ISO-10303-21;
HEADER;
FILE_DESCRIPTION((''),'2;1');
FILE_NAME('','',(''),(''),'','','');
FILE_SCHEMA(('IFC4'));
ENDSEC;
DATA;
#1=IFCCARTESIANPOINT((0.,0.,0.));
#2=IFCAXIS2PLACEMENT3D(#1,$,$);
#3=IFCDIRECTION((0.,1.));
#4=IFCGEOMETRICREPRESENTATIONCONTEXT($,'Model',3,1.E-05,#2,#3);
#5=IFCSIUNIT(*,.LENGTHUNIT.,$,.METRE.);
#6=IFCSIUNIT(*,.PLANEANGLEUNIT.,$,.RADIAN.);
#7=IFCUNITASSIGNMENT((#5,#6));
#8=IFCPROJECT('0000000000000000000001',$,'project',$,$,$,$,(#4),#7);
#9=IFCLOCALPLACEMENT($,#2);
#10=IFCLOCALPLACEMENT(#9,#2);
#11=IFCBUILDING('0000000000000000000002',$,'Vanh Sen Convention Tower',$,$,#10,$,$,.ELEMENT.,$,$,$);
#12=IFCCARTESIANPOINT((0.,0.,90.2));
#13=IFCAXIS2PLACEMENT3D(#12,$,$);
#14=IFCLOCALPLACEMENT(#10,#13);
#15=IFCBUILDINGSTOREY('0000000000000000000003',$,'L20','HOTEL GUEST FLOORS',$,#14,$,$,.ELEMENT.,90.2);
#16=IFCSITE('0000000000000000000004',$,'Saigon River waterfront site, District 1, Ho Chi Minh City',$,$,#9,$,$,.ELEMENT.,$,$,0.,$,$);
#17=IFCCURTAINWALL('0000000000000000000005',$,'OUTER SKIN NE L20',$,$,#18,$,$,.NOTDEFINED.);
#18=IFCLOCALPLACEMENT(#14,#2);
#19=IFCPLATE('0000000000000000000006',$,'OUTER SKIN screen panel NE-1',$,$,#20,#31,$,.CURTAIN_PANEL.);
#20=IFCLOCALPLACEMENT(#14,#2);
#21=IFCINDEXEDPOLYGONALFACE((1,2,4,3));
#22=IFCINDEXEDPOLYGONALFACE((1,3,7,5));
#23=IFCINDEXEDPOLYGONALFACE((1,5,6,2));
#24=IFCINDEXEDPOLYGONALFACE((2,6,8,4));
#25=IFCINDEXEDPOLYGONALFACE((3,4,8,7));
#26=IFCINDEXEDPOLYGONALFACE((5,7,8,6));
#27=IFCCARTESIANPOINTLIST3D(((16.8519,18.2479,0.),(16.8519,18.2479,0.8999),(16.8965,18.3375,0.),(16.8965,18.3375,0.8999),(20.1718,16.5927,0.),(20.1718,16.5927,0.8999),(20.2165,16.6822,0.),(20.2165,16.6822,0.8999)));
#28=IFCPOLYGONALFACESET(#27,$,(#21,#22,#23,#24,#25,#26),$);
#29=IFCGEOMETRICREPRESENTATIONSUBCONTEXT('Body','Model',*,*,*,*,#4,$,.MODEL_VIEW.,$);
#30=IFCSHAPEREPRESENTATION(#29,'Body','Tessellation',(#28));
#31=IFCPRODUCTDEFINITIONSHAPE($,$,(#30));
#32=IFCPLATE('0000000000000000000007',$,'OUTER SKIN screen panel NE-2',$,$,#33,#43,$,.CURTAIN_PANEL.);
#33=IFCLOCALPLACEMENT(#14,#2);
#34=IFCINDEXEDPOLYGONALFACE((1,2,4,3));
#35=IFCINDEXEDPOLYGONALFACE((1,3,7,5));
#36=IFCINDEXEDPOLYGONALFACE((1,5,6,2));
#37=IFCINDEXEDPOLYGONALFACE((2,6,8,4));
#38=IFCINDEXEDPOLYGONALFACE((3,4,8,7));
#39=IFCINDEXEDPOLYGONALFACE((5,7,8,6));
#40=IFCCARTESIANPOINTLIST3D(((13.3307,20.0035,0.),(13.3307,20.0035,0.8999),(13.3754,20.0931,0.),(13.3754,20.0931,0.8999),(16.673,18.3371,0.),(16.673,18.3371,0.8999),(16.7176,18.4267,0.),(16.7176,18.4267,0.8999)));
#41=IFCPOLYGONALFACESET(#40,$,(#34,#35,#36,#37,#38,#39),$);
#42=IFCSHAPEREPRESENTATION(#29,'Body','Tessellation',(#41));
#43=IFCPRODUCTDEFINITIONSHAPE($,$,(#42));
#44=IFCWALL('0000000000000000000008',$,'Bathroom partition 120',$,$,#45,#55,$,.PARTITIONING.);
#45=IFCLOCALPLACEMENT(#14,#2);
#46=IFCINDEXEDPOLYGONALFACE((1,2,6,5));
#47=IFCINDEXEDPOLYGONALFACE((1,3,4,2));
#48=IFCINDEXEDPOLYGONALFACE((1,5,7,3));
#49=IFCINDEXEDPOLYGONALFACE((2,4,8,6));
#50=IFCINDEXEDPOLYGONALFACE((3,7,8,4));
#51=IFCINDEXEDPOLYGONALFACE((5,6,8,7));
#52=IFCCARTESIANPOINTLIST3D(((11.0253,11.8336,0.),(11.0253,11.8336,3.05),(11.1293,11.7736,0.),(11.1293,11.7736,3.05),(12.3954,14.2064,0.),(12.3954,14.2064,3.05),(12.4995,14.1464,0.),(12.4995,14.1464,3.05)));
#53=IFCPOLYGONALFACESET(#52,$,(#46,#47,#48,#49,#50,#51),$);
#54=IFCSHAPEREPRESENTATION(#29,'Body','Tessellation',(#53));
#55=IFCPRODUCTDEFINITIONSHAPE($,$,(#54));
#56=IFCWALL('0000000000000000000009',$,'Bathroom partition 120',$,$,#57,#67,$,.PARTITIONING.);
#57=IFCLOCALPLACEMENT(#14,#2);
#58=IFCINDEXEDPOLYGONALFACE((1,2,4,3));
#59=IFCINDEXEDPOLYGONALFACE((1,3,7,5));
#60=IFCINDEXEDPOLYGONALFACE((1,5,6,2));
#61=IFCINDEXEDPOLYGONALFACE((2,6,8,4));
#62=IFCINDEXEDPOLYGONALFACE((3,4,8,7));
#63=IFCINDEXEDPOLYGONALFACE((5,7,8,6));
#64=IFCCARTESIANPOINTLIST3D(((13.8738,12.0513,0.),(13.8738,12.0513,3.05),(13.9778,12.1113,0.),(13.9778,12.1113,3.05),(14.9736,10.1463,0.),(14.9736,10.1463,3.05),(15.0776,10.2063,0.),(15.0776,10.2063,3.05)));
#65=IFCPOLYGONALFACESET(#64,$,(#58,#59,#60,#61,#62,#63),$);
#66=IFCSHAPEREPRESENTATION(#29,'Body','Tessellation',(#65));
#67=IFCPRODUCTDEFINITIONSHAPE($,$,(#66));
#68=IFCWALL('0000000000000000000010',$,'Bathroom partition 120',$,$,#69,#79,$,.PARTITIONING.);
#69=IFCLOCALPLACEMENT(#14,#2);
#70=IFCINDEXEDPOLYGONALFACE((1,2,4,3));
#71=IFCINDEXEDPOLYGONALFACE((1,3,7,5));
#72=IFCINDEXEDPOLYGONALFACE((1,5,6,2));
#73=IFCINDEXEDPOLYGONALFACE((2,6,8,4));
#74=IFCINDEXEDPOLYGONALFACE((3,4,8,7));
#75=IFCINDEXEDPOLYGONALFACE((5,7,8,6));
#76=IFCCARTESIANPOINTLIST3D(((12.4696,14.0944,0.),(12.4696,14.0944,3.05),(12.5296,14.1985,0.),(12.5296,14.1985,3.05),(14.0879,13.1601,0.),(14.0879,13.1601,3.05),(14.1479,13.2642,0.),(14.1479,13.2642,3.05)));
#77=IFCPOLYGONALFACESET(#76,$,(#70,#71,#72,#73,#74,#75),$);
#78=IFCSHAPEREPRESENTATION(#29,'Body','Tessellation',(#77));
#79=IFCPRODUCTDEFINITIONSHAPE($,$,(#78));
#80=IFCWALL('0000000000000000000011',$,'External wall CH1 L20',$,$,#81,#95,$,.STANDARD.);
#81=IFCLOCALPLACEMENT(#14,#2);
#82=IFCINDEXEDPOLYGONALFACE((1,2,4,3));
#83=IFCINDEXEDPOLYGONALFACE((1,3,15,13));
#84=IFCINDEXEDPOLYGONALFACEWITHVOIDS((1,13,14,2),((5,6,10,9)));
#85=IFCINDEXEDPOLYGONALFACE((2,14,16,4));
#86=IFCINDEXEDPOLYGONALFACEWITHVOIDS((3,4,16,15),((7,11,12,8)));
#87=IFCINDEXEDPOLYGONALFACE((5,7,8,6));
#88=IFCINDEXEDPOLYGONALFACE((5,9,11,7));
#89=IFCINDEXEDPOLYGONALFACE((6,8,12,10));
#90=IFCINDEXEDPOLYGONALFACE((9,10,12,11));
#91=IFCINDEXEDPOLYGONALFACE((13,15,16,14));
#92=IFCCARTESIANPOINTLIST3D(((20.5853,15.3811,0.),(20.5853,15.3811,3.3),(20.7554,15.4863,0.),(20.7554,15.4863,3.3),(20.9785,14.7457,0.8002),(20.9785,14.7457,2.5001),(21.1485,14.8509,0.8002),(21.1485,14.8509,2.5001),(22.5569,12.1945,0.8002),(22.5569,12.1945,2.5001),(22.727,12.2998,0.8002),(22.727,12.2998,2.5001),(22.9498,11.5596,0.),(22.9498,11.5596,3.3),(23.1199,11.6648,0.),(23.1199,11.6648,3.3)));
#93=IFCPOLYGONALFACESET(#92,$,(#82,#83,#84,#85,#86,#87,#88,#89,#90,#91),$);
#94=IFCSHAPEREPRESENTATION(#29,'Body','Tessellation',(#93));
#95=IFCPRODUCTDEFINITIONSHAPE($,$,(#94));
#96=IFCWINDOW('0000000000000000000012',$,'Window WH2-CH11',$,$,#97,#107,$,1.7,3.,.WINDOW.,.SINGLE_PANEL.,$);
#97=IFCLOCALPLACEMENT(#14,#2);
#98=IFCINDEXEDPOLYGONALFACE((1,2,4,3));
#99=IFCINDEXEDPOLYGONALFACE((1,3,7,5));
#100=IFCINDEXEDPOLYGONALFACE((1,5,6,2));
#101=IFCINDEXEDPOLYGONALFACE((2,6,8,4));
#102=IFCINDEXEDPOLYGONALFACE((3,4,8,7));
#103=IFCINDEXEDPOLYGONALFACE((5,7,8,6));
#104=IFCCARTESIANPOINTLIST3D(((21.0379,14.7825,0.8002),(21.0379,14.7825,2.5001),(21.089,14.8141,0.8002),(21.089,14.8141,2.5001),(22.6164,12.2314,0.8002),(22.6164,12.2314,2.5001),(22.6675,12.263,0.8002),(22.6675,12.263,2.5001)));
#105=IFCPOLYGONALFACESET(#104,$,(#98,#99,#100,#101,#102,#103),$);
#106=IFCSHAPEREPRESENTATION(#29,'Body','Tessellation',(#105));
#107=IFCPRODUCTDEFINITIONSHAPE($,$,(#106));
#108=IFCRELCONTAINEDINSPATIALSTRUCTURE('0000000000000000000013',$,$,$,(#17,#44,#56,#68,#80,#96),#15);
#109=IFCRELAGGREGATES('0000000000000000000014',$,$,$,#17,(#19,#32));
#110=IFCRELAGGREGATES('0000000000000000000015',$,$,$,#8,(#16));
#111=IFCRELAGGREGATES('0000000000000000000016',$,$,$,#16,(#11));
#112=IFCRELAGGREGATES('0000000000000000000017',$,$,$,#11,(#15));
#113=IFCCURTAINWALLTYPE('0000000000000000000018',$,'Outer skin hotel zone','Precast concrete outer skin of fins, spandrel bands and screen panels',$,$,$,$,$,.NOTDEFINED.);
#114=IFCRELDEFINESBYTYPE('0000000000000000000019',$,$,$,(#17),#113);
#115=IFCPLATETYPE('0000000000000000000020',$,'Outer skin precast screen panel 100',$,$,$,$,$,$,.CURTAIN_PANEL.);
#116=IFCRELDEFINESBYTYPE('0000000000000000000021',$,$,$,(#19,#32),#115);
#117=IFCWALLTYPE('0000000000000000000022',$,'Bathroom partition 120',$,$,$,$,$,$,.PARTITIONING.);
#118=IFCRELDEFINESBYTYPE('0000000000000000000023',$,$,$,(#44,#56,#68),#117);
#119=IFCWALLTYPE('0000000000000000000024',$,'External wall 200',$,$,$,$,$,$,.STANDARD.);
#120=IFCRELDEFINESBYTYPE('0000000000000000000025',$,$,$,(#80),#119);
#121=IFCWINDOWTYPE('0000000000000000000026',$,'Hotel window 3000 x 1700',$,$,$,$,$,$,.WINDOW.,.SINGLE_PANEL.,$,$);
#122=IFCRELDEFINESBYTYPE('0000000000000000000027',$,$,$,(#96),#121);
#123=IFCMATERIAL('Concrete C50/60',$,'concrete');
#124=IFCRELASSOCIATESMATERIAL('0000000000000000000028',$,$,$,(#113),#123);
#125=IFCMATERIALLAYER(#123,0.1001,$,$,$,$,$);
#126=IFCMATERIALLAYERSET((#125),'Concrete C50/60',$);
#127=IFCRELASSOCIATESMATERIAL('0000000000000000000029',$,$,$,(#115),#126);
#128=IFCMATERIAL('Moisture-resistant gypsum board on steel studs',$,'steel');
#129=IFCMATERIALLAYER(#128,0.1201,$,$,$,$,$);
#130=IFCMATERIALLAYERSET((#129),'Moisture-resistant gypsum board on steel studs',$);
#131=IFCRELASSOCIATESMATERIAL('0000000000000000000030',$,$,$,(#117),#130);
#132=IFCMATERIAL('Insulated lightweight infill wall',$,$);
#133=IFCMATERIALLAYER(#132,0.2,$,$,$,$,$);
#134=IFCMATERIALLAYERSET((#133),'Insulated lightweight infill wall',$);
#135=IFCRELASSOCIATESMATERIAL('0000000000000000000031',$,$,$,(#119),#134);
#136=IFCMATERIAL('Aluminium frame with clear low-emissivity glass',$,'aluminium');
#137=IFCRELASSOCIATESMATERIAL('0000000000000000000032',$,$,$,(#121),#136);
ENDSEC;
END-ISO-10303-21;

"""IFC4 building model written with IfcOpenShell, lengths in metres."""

from ifc_helpers import new_model, si_unit, direction, frame, frame_2d, origin, origin_2d, place, context, subcontext, project, spatial, rectangle, extrude, material, layer, layer_set, type_object, element, fill, aggregate, save


model = new_model("IFC4")

# Units and contexts
model_context = context("Model", 3, precision=1e-05, world=origin(), true_north=direction((0.0, 1.0)))
body_context = subcontext(model_context, "Body", "Model", "MODEL_VIEW")
ifc_project = project(units=[si_unit("LENGTHUNIT", "METRE"), si_unit("PLANEANGLEUNIT", "RADIAN")], contexts=[model_context])

# Site, building, storey
site_placement = place(None, origin())
site = spatial("IfcSite", under=ifc_project, at=site_placement, Name="Saigon River waterfront site, District 1, Ho Chi Minh City", CompositionType="ELEMENT", RefElevation=0.0)
building_placement = place(site_placement, origin())
building = spatial("IfcBuilding", under=site, at=building_placement, Name="Vanh Sen Convention Tower", CompositionType="ELEMENT")
storey_placement = place(building_placement, frame((0.0, 0.0, 90.2)))
storey = spatial("IfcBuildingStorey", under=building, at=storey_placement, Name="L20", Description="HOTEL GUEST FLOORS", CompositionType="ELEMENT", Elevation=90.2)

# Curtain wall
ifc_material_1 = material(Name="Concrete C50/60", Category="concrete")
curtain_wall_type = type_object("IfcCurtainWallType", Name="Outer skin hotel zone", Description="Precast concrete outer skin of fins, spandrel bands and screen panels", PredefinedType="NOTDEFINED", material=ifc_material_1)
curtain_wall_1_placement = place(storey_placement, origin())
curtain_wall_1 = element("IfcCurtainWall", 1, at=curtain_wall_1_placement, inside=storey, type_object=curtain_wall_type, Name="OUTER SKIN NE L20", PredefinedType="NOTDEFINED")

# Plates
ifc_layer_1 = layer(ifc_material_1, 0.1001)
ifc_layer_set_1 = layer_set([ifc_layer_1], Name="Concrete C50/60")
plate_type = type_object("IfcPlateType", Name="Outer skin precast screen panel 100", PredefinedType="CURTAIN_PANEL", material=ifc_layer_set_1)
plate_1_placement = place(storey_placement, frame((18.5342, 17.4651, 0.0), z_axis=(0.0, 0.0, 1.0), x_axis=(-0.894935, 0.446196, 0.0)))
plate_1 = element("IfcPlate", 2, at=plate_1_placement, type_object=plate_type, Name="OUTER SKIN screen panel NE-1", PredefinedType="CURTAIN_PANEL", context=body_context, shape_type="SweptSolid", body=[
    extrude(rectangle(XDim=3.7097, YDim=0.1001, at=origin_2d()), origin(), (0.0, 0.0, 1.0), 0.8999),
])
plate_2_placement = place(storey_placement, frame((15.0242, 19.2151, 0.0), z_axis=(0.0, 0.0, 1.0), x_axis=(-0.894935, 0.446196, 0.0)))
plate_2 = element("IfcPlate", 3, at=plate_2_placement, type_object=plate_type, Name="OUTER SKIN screen panel NE-2", PredefinedType="CURTAIN_PANEL", context=body_context, shape_type="SweptSolid", body=[
    extrude(rectangle(XDim=3.7346, YDim=0.1001, at=origin_2d()), origin(), (0.0, 0.0, 1.0), 0.8999),
])
aggregate(curtain_wall_1, [plate_1, plate_2])

# Walls
ifc_material_2 = material(Name="Moisture-resistant gypsum board on steel studs", Category="steel")
ifc_layer_2 = layer(ifc_material_2, 0.1201)
ifc_layer_set_2 = layer_set([ifc_layer_2], Name="Moisture-resistant gypsum board on steel studs")
wall_type_1 = type_object("IfcWallType", Name="Bathroom partition 120", PredefinedType="PARTITIONING", material=ifc_layer_set_2)
wall_1_placement = place(storey_placement, frame((12.4475, 14.1765, 0.0), z_axis=(0.0, 0.0, 1.0), x_axis=(-0.500049, -0.865997, 0.0)))
element("IfcWall", 4, at=wall_1_placement, inside=storey, type_object=wall_type_1, Name="Bathroom partition 120", PredefinedType="PARTITIONING", context=body_context, shape_type="SweptSolid", body=[
    extrude(rectangle(XDim=2.74, YDim=0.1201, at=frame_2d((1.3701, 0.0))), origin(), (0.0, 0.0, 1.0), 3.05),
])
wall_2_placement = place(storey_placement, frame((13.9258, 12.0813, 0.0), z_axis=(0.0, 0.0, 1.0), x_axis=(0.499995, -0.866028, 0.0)))
element("IfcWall", 5, at=wall_2_placement, inside=storey, type_object=wall_type_1, Name="Bathroom partition 120", PredefinedType="PARTITIONING", context=body_context, shape_type="SweptSolid", body=[
    extrude(rectangle(XDim=2.1997, YDim=0.1201, at=frame_2d((1.0999, 0.0))), origin(), (0.0, 0.0, 1.0), 3.05),
])
wall_3_placement = place(storey_placement, frame((14.1179, 13.2122, 0.0), z_axis=(0.0, 0.0, 1.0), x_axis=(-0.86604, 0.499975, 0.0)))
element("IfcWall", 6, at=wall_3_placement, inside=storey, type_object=wall_type_1, Name="Bathroom partition 120", PredefinedType="PARTITIONING", context=body_context, shape_type="SweptSolid", body=[
    extrude(rectangle(XDim=1.8687, YDim=0.1201, at=frame_2d((0.9343, 0.0))), origin(), (0.0, 0.0, 1.0), 3.05),
])

# Wall, opening, window
ifc_material_3 = material(Name="Insulated lightweight infill wall")
ifc_layer_3 = layer(ifc_material_3, 0.2)
ifc_layer_set_3 = layer_set([ifc_layer_3], Name="Insulated lightweight infill wall")
wall_type_2 = type_object("IfcWallType", Name="External wall 200", PredefinedType="STANDARD", material=ifc_layer_set_3)
wall_4_placement = place(storey_placement, frame((23.0349, 11.6121, 0.0), z_axis=(0.0, 0.0, 1.0), x_axis=(-0.52616, 0.850386, 0.0)))
wall_4 = element("IfcWall", 7, at=wall_4_placement, inside=storey, type_object=wall_type_2, Name="External wall CH1 L20", PredefinedType="STANDARD", context=body_context, shape_type="SweptSolid", body=[
    extrude(rectangle(XDim=4.4939, YDim=0.2, at=frame_2d((2.2471, 0.0))), origin(), (0.0, 0.0, 1.0), 3.3),
])
opening_1_placement = place(wall_4_placement, frame((0.7468, 0.0, 0.8)))
opening_1 = element("IfcOpeningElement", 8, at=opening_1_placement, cuts=wall_4, PredefinedType="OPENING", context=body_context, shape_type="SweptSolid", body=[
    extrude(rectangle(XDim=3.0, YDim=1.7, at=frame_2d((1.5, 0.8501))), frame((0.0, 0.1099, 0.0), z_axis=(0.0, -1.0, 0.0), x_axis=(1.0, 0.0, 0.0)), (0.0, 0.0, 1.0), 0.22),
])
ifc_material_4 = material(Name="Aluminium frame with clear low-emissivity glass", Category="aluminium")
window_type_1 = type_object("IfcWindowType", Name="Hotel window 3000 x 1700", PartitioningType="SINGLE_PANEL", PredefinedType="WINDOW", material=ifc_material_4)
window_1_placement = place(opening_1_placement, origin())
window_1 = element("IfcWindow", 9, at=window_1_placement, inside=storey, type_object=window_type_1, Name="Window WH2-CH11", OverallHeight=1.7, OverallWidth=3.0, PartitioningType="SINGLE_PANEL", PredefinedType="WINDOW", context=body_context, shape_type="SweptSolid", body=[
    extrude(rectangle(XDim=3.0, YDim=1.7, at=frame_2d((1.5, 0.8501))), frame((0.0, 0.03, 0.0), z_axis=(0.0, -1.0, 0.0), x_axis=(1.0, 0.0, 0.0)), (0.0, 0.0, 1.0), 0.0601),
])
fill(opening_1, window_1)

save(model, "model.ifc")
